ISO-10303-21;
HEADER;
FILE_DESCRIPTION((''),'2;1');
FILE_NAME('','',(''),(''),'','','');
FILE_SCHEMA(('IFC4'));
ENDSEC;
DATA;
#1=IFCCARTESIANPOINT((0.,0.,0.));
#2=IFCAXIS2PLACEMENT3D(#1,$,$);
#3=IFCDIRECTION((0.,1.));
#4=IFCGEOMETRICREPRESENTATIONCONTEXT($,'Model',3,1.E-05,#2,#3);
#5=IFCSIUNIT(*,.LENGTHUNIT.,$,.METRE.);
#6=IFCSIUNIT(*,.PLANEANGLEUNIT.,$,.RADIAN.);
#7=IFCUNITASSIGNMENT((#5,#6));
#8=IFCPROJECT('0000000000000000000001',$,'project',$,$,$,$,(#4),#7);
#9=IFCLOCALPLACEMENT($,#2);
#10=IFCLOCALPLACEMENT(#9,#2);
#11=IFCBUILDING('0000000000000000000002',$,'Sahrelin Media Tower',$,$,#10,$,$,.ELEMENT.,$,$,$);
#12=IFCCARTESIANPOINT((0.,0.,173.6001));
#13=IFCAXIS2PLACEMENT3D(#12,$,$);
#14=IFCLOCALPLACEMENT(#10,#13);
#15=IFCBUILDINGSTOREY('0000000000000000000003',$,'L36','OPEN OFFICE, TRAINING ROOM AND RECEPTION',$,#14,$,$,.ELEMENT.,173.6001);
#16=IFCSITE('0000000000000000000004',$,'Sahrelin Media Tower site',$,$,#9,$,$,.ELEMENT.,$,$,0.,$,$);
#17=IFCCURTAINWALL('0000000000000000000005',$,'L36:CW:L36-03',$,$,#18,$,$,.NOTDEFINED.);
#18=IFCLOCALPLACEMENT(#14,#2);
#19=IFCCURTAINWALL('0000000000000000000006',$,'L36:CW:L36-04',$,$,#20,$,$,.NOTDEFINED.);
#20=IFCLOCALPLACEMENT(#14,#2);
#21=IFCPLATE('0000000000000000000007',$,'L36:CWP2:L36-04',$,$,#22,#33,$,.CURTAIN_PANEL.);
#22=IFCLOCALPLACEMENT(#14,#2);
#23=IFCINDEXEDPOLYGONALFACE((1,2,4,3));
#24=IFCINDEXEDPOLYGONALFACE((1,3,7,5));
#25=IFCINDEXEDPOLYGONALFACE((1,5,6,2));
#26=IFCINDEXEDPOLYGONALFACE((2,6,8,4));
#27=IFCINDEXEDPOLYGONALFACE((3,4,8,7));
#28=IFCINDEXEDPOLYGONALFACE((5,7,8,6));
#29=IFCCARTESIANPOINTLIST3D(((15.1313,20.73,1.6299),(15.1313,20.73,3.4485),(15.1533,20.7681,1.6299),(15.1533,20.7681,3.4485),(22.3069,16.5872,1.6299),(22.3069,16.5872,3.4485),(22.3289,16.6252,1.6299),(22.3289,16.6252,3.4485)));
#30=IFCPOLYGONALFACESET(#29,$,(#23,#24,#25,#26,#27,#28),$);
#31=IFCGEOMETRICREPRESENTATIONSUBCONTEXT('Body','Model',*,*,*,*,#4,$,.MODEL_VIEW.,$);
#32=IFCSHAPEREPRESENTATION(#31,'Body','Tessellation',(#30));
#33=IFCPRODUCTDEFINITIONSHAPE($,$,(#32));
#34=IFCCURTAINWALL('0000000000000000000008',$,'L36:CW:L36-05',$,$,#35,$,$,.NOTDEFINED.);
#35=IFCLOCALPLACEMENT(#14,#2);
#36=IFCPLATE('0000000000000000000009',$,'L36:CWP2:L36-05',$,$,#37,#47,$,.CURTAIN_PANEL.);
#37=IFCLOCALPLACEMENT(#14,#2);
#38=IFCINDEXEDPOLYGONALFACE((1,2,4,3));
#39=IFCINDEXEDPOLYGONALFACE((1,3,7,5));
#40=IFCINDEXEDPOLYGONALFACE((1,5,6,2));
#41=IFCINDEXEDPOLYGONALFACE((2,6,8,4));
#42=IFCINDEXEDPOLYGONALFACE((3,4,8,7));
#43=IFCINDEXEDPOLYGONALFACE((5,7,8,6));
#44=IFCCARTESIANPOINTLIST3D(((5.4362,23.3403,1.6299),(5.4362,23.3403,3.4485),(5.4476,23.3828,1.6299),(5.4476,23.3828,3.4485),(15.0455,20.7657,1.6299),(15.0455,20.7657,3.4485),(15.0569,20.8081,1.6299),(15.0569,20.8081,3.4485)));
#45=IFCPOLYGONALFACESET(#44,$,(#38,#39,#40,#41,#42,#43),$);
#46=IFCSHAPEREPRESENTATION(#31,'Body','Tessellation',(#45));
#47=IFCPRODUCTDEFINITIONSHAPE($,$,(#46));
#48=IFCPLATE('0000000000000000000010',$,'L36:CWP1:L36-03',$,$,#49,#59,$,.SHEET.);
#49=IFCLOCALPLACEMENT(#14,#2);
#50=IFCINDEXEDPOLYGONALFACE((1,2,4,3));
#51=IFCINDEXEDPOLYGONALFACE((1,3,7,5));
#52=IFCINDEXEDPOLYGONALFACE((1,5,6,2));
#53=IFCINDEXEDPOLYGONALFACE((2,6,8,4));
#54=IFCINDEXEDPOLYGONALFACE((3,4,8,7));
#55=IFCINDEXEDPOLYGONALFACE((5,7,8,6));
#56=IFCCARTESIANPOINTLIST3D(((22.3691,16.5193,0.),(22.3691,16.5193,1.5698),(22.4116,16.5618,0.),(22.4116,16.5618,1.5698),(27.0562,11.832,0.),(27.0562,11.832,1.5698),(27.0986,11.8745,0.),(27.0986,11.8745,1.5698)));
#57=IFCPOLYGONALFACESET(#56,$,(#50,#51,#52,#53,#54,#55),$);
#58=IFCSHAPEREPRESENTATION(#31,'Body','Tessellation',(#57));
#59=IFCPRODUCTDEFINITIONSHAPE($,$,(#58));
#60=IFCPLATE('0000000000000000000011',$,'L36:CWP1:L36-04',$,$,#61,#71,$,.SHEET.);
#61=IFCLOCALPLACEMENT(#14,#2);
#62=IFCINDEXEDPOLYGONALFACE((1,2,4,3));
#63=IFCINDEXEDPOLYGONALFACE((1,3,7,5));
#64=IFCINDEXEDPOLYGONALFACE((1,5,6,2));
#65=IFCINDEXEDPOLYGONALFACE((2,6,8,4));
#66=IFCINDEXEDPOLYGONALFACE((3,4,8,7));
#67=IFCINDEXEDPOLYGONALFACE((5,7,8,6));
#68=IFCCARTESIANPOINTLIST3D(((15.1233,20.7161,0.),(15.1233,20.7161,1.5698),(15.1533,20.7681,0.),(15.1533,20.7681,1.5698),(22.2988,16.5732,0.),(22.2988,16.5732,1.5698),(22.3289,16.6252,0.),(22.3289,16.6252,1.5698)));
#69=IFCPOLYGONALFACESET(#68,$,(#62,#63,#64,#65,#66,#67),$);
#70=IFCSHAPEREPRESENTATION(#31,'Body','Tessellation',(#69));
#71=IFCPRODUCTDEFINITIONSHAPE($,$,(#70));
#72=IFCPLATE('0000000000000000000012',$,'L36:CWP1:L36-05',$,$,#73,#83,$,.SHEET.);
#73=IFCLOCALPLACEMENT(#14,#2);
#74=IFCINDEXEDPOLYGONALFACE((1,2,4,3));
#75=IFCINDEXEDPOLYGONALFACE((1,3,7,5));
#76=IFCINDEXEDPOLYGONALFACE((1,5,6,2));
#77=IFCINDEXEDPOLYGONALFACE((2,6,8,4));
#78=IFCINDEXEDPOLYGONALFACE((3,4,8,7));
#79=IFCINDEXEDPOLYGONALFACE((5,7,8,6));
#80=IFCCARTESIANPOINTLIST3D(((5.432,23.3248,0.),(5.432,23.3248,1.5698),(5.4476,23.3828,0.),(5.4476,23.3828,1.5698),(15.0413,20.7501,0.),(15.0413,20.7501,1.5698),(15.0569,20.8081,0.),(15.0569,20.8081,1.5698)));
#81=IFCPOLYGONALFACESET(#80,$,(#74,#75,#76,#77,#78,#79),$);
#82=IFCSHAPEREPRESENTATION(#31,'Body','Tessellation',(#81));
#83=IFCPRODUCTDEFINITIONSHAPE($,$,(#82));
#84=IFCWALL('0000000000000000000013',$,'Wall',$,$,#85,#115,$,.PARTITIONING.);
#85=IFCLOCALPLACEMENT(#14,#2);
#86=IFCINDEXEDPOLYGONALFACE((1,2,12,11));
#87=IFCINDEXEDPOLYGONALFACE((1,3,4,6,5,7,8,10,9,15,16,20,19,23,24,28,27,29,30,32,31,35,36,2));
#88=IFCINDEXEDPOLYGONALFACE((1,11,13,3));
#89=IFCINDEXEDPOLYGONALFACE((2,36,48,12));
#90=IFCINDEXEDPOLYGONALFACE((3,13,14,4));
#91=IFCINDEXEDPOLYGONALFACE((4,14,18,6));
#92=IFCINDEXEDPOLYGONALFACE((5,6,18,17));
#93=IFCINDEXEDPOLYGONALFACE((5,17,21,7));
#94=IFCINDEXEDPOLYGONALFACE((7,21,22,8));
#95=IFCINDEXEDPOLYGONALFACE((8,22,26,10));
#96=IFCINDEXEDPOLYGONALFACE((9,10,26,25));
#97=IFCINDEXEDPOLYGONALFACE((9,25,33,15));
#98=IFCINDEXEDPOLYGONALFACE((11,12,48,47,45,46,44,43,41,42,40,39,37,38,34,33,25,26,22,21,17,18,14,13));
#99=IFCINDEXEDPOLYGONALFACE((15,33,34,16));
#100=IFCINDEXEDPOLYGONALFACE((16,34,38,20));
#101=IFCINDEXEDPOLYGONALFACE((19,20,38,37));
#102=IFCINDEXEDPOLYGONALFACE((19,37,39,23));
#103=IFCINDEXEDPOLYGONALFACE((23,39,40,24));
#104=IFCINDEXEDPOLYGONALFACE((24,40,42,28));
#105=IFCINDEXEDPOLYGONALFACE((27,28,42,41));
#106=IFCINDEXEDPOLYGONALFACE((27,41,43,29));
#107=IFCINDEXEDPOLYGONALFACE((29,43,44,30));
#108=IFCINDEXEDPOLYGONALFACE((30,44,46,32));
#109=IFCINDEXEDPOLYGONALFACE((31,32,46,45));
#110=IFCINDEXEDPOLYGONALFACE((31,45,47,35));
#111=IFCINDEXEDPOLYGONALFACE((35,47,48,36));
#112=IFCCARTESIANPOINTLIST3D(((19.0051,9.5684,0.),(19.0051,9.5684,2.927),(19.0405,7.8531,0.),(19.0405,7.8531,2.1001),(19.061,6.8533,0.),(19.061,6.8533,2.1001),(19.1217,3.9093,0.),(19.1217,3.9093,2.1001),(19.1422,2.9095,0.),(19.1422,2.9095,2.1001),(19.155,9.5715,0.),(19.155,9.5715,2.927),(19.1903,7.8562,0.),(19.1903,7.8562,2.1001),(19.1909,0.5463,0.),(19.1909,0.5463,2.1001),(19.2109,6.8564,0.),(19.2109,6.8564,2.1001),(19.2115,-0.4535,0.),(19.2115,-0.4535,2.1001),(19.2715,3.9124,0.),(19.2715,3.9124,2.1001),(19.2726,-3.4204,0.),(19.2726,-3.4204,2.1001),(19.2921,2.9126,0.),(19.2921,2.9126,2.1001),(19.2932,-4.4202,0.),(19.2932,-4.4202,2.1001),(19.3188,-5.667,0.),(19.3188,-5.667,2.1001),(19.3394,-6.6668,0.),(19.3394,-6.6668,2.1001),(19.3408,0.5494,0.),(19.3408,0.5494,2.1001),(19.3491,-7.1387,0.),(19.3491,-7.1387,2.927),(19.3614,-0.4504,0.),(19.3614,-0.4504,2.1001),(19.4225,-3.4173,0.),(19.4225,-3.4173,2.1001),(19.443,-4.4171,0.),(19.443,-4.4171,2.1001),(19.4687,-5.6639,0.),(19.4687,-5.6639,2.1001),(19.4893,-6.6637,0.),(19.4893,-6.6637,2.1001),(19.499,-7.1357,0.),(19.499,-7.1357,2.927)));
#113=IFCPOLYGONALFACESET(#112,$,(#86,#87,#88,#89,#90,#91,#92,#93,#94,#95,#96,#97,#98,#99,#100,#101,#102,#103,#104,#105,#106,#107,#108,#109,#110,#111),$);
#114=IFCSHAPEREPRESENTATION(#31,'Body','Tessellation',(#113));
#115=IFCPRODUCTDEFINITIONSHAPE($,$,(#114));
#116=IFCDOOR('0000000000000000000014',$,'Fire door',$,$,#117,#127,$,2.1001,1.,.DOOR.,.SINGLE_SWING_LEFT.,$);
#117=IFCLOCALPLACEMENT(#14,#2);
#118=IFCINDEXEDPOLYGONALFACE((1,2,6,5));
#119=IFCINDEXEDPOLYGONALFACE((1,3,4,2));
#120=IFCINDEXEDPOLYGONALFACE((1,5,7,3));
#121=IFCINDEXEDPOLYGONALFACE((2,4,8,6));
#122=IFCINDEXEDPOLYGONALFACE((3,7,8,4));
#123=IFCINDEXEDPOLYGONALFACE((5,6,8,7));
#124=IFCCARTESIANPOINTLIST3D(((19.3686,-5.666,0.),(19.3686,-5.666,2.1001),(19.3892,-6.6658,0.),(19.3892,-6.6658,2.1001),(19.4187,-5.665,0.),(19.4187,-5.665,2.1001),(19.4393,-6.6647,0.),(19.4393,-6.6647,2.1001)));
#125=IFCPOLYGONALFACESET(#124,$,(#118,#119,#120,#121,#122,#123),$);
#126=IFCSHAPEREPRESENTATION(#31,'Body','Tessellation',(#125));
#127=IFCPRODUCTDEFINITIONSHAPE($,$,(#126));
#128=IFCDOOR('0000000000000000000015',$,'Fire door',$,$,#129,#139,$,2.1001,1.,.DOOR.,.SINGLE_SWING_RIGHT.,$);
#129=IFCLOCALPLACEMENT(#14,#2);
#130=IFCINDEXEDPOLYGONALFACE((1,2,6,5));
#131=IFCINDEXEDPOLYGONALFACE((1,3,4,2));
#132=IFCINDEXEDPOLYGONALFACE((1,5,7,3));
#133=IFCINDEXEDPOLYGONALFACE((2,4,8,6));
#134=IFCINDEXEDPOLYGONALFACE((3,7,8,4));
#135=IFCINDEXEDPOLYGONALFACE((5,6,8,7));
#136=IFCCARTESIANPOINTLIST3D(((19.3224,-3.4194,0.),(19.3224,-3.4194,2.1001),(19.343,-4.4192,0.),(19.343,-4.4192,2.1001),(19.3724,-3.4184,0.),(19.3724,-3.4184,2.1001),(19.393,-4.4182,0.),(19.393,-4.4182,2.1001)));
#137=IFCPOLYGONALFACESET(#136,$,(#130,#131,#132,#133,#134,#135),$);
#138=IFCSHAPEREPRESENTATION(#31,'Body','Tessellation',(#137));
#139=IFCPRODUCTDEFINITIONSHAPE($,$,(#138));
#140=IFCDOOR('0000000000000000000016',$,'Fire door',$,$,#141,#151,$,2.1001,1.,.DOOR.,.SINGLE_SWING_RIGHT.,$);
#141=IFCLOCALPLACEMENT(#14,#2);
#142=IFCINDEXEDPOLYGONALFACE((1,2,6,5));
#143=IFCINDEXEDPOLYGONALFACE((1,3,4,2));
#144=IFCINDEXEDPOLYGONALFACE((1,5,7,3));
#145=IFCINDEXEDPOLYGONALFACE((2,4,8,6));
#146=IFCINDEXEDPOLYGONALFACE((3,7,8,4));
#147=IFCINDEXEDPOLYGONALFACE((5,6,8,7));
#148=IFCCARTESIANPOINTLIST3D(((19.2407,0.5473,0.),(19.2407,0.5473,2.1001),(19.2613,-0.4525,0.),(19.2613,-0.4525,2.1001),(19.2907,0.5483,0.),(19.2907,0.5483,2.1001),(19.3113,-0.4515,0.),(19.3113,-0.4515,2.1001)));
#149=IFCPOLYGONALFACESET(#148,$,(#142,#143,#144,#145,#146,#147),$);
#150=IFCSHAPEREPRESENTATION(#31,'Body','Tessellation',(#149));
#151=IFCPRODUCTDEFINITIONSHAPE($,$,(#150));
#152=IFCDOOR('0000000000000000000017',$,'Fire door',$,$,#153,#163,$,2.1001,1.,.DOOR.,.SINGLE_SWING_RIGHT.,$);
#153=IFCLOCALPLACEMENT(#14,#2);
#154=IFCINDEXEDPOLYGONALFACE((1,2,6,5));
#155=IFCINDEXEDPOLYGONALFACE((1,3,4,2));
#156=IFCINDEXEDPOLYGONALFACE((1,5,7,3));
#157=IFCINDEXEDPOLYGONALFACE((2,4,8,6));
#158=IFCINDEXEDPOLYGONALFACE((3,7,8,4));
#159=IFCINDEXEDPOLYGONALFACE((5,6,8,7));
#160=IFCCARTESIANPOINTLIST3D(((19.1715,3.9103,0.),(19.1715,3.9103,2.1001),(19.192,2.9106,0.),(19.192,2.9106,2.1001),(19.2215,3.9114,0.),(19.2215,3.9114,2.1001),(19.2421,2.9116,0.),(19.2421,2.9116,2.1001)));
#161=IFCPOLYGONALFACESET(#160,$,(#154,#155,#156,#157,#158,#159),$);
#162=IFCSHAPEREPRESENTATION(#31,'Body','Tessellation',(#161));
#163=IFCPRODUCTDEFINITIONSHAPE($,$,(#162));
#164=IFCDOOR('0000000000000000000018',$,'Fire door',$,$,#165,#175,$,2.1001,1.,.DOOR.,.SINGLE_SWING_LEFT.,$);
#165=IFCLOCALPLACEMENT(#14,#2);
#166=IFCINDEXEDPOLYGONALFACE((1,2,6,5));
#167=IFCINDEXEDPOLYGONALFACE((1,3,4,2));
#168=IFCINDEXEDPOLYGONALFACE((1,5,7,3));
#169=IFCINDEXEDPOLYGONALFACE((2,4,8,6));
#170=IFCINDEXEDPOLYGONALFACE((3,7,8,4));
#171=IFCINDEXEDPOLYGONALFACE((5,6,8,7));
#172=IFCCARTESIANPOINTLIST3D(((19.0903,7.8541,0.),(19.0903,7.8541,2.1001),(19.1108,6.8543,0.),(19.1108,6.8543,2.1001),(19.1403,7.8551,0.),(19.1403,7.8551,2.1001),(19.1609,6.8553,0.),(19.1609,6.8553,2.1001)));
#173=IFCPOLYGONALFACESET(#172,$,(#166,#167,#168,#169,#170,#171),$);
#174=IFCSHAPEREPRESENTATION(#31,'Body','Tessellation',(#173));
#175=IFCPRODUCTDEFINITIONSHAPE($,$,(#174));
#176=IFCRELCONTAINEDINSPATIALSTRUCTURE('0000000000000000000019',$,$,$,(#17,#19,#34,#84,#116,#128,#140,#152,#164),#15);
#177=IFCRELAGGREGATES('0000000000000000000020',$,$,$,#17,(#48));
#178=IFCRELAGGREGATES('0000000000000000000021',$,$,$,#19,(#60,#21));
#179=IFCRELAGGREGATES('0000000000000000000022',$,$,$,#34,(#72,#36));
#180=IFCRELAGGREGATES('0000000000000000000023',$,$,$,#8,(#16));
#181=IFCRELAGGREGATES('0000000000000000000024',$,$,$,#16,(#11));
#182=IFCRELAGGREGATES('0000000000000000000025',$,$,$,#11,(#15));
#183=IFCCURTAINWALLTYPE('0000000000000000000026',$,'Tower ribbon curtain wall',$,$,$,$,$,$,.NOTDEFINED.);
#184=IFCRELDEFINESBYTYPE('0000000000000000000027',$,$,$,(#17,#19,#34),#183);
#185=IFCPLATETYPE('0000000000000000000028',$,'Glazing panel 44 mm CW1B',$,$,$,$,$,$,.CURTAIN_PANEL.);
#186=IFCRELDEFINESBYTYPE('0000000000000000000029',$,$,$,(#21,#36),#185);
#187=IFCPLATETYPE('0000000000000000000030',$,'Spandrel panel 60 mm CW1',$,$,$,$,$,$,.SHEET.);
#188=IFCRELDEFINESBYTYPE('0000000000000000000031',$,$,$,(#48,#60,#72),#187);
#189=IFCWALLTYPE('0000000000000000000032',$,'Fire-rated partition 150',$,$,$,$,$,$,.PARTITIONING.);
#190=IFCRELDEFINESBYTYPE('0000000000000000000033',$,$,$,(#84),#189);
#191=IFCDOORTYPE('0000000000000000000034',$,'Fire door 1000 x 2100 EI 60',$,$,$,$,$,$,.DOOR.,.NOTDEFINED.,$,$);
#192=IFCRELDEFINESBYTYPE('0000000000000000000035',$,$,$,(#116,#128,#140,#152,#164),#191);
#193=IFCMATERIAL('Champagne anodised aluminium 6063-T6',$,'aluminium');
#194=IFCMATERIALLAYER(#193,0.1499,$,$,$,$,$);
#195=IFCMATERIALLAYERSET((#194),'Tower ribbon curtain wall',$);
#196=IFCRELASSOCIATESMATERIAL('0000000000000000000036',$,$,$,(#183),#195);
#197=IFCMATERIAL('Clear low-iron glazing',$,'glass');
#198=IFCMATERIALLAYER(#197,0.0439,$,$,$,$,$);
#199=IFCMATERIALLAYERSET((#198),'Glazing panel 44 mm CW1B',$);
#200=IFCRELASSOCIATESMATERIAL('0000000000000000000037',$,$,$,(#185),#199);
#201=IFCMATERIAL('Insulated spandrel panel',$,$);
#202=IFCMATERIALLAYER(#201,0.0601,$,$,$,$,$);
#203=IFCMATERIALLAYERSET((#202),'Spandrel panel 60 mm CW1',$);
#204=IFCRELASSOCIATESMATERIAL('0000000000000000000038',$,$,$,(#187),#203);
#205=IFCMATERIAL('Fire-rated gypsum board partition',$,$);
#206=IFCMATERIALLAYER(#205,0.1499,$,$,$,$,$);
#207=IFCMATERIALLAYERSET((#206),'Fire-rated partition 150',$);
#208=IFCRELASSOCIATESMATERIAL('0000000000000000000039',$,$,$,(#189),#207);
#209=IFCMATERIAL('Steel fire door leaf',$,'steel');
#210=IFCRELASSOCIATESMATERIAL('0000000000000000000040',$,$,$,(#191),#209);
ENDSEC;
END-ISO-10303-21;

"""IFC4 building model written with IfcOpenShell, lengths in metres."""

from ifc_helpers import new_model, si_unit, direction, frame, frame_2d, origin, place, context, subcontext, project, spatial, polyline, rectangle, outline, extrude, material, layer, layer_set, type_object, element, fill, aggregate, save


model = new_model("IFC4")

# Units and contexts
model_context = context("Model", 3, precision=1e-05, world=origin(), true_north=direction((0.0, 1.0)))
body_context = subcontext(model_context, "Body", "Model", "MODEL_VIEW")
ifc_project = project(units=[si_unit("LENGTHUNIT", "METRE"), si_unit("PLANEANGLEUNIT", "RADIAN")], contexts=[model_context])

# Site, building, storey
site_placement = place(None, origin())
site = spatial("IfcSite", under=ifc_project, at=site_placement, Name="Sahrelin Media Tower site", CompositionType="ELEMENT", RefElevation=0.0)
building_placement = place(site_placement, origin())
building = spatial("IfcBuilding", under=site, at=building_placement, Name="Sahrelin Media Tower", CompositionType="ELEMENT")
storey_placement = place(building_placement, frame((0.0, 0.0, 173.6001)))
storey = spatial("IfcBuildingStorey", under=building, at=storey_placement, Name="L36", Description="OPEN OFFICE, TRAINING ROOM AND RECEPTION", CompositionType="ELEMENT", Elevation=173.6001)

# Curtain walls
ifc_material_1 = material(Name="Champagne anodised aluminium 6063-T6", Category="aluminium")
ifc_layer_1 = layer(ifc_material_1, 0.1499)
ifc_layer_set_1 = layer_set([ifc_layer_1], Name="Tower ribbon curtain wall")
curtain_wall_type = type_object("IfcCurtainWallType", Name="Tower ribbon curtain wall", PredefinedType="NOTDEFINED", material=ifc_layer_set_1)
curtain_wall_1_placement = place(storey_placement, frame((24.741, 14.2041, 0.0), z_axis=(0.0, 0.0, 1.0), x_axis=(1.0, 0.0, 0.0)))
curtain_wall_1 = element("IfcCurtainWall", 1, at=curtain_wall_1_placement, inside=storey, type_object=curtain_wall_type, Name="L36:CW:L36-03", PredefinedType="NOTDEFINED")
curtain_wall_2_placement = place(storey_placement, frame((18.731, 18.6792, 0.0), z_axis=(0.0, 0.0, 1.0), x_axis=(1.0, 0.0, 0.0)))
curtain_wall_2 = element("IfcCurtainWall", 2, at=curtain_wall_2_placement, inside=storey, type_object=curtain_wall_type, Name="L36:CW:L36-04", PredefinedType="NOTDEFINED")

# Plate
ifc_material_2 = material(Name="Clear low-iron glazing", Category="glass")
ifc_layer_2 = layer(ifc_material_2, 0.0439)
ifc_layer_set_2 = layer_set([ifc_layer_2], Name="Glazing panel 44 mm CW1B")
plate_type_1 = type_object("IfcPlateType", Name="Glazing panel 44 mm CW1B", PredefinedType="CURTAIN_PANEL", material=ifc_layer_set_2)
plate_1_placement = place(storey_placement, frame((22.3289, 16.6252, 1.6299), z_axis=(0.500002, 0.866024, 0.0), x_axis=(-0.866024, 0.500002, 0.0)))
plate_1 = element("IfcPlate", 3, at=plate_1_placement, type_object=plate_type_1, Name="L36:CWP2:L36-04", PredefinedType="CURTAIN_PANEL", context=body_context, shape_type="SweptSolid", body=[
    extrude(outline(polyline([(0.0, 0.0), (8.2856, 0.0), (8.2856, 1.8186), (0.0, 1.8186), (0.0, 0.0)])), origin(), (0.0, 0.0, -1.0), 0.0439),
])

# Curtain wall, plate
curtain_wall_3_placement = place(storey_placement, frame((10.2471, 22.0762, 0.0), z_axis=(0.0, 0.0, 1.0), x_axis=(1.0, 0.0, 0.0)))
curtain_wall_3 = element("IfcCurtainWall", 4, at=curtain_wall_3_placement, inside=storey, type_object=curtain_wall_type, Name="L36:CW:L36-05", PredefinedType="NOTDEFINED")
plate_2_placement = place(storey_placement, frame((15.0569, 20.8081, 1.6299), z_axis=(0.258808, 0.965929, 0.0), x_axis=(-0.965929, 0.258808, 0.0)))
plate_2 = element("IfcPlate", 5, at=plate_2_placement, type_object=plate_type_1, Name="L36:CWP2:L36-05", PredefinedType="CURTAIN_PANEL", context=body_context, shape_type="SweptSolid", body=[
    extrude(outline(polyline([(0.0, 0.0), (9.9482, 0.0), (9.9482, 1.8186), (0.0, 1.8186), (0.0, 0.0)])), origin(), (0.0, 0.0, -1.0), 0.0439),
])

# Plates
ifc_material_3 = material(Name="Insulated spandrel panel")
ifc_layer_3 = layer(ifc_material_3, 0.0601)
ifc_layer_set_3 = layer_set([ifc_layer_3], Name="Spandrel panel 60 mm CW1")
plate_type_2 = type_object("IfcPlateType", Name="Spandrel panel 60 mm CW1", PredefinedType="SHEET", material=ifc_layer_set_3)
plate_3_placement = place(storey_placement, frame((27.0986, 11.8745, 0.0), z_axis=(0.707125, 0.707088, 0.0), x_axis=(-0.707088, 0.707125, 0.0)))
plate_3 = element("IfcPlate", 6, at=plate_3_placement, type_object=plate_type_2, Name="L36:CWP1:L36-03", PredefinedType="SHEET", context=body_context, shape_type="SweptSolid", body=[
    extrude(outline(polyline([(0.0, 0.0), (6.6287, 0.0), (6.6287, 1.5698), (0.0, 1.5698), (0.0, 0.0)])), origin(), (0.0, 0.0, -1.0), 0.0601),
])
aggregate(curtain_wall_1, [plate_3])
plate_4_placement = place(storey_placement, frame((22.3289, 16.6252, 0.0), z_axis=(0.500002, 0.866024, 0.0), x_axis=(-0.866024, 0.500002, 0.0)))
plate_4 = element("IfcPlate", 7, at=plate_4_placement, type_object=plate_type_2, Name="L36:CWP1:L36-04", PredefinedType="SHEET", context=body_context, shape_type="SweptSolid", body=[
    extrude(outline(polyline([(0.0, 0.0), (8.2856, 0.0), (8.2856, 1.5698), (0.0, 1.5698), (0.0, 0.0)])), origin(), (0.0, 0.0, -1.0), 0.0601),
])
aggregate(curtain_wall_2, [plate_4, plate_1])
plate_5_placement = place(storey_placement, frame((15.0569, 20.8081, 0.0), z_axis=(0.258808, 0.965929, 0.0), x_axis=(-0.965929, 0.258808, 0.0)))
plate_5 = element("IfcPlate", 8, at=plate_5_placement, type_object=plate_type_2, Name="L36:CWP1:L36-05", PredefinedType="SHEET", context=body_context, shape_type="SweptSolid", body=[
    extrude(outline(polyline([(0.0, 0.0), (9.9482, 0.0), (9.9482, 1.5698), (0.0, 1.5698), (0.0, 0.0)])), origin(), (0.0, 0.0, -1.0), 0.0601),
])
aggregate(curtain_wall_3, [plate_5, plate_2])

# Wall, openings, doors
ifc_material_4 = material(Name="Fire-rated gypsum board partition")
ifc_layer_4 = layer(ifc_material_4, 0.1499)
ifc_layer_set_4 = layer_set([ifc_layer_4], Name="Fire-rated partition 150")
wall_type_1 = type_object("IfcWallType", Name="Fire-rated partition 150", PredefinedType="PARTITIONING", material=ifc_layer_set_4)
wall_1_placement = place(storey_placement, frame((19.0801, 9.5701, 0.0), z_axis=(0.0, 0.0, 1.0), x_axis=(0.020585, -0.999788, 0.0)))
wall_1 = element("IfcWall", 9, at=wall_1_placement, inside=storey, type_object=wall_type_1, Name="Wall", PredefinedType="PARTITIONING", context=body_context, shape_type="SweptSolid", body=[
    extrude(rectangle(XDim=16.7107, YDim=0.1499, at=frame_2d((8.3555, 0.0))), origin(), (0.0, 0.0, 1.0), 2.927),
])
opening_1_placement = place(wall_1_placement, frame((15.2388, 0.0, 0.0)))
opening_1 = element("IfcOpeningElement", 10, at=opening_1_placement, cuts=wall_1, PredefinedType="OPENING", context=body_context, shape_type="SweptSolid", body=[
    extrude(rectangle(XDim=1.0, YDim=2.1001, at=frame_2d((0.5, 1.05))), frame((0.0, 0.075, 0.0), z_axis=(0.0, -1.0, 0.0), x_axis=(1.0, 0.0, 0.0)), (0.0, 0.0, 1.0), 0.1499),
])
opening_2_placement = place(wall_1_placement, frame((12.9917, 0.0, 0.0)))
opening_2 = element("IfcOpeningElement", 11, at=opening_2_placement, cuts=wall_1, PredefinedType="OPENING", context=body_context, shape_type="SweptSolid", body=[
    extrude(rectangle(XDim=1.0, YDim=2.1001, at=frame_2d((0.5, 1.05))), frame((0.0, 0.075, 0.0), z_axis=(0.0, -1.0, 0.0), x_axis=(1.0, 0.0, 0.0)), (0.0, 0.0, 1.0), 0.1499),
])
opening_3_placement = place(wall_1_placement, frame((9.0242, 0.0, 0.0)))
opening_3 = element("IfcOpeningElement", 12, at=opening_3_placement, cuts=wall_1, PredefinedType="OPENING", context=body_context, shape_type="SweptSolid", body=[
    extrude(rectangle(XDim=1.0, YDim=2.1001, at=frame_2d((0.5, 1.05))), frame((0.0, 0.075, 0.0), z_axis=(0.0, -1.0, 0.0), x_axis=(1.0, 0.0, 0.0)), (0.0, 0.0, 1.0), 0.1499),
])
opening_4_placement = place(wall_1_placement, frame((5.6604, 0.0, 0.0)))
opening_4 = element("IfcOpeningElement", 13, at=opening_4_placement, cuts=wall_1, PredefinedType="OPENING", context=body_context, shape_type="SweptSolid", body=[
    extrude(rectangle(XDim=1.0, YDim=2.1001, at=frame_2d((0.5, 1.05))), frame((0.0, 0.075, 0.0), z_axis=(0.0, -1.0, 0.0), x_axis=(1.0, 0.0, 0.0)), (0.0, 0.0, 1.0), 0.1499),
])
opening_5_placement = place(wall_1_placement, frame((1.7158, 0.0, 0.0)))
opening_5 = element("IfcOpeningElement", 14, at=opening_5_placement, cuts=wall_1, PredefinedType="OPENING", context=body_context, shape_type="SweptSolid", body=[
    extrude(rectangle(XDim=1.0, YDim=2.1001, at=frame_2d((0.5, 1.05))), frame((0.0, 0.075, 0.0), z_axis=(0.0, -1.0, 0.0), x_axis=(1.0, 0.0, 0.0)), (0.0, 0.0, 1.0), 0.1499),
])
ifc_material_5 = material(Name="Steel fire door leaf", Category="steel")
door_type_1 = type_object("IfcDoorType", Name="Fire door 1000 x 2100 EI 60", OperationType="NOTDEFINED", PredefinedType="DOOR", material=ifc_material_5)
door_1_placement = place(opening_1_placement, origin())
door_1 = element("IfcDoor", 15, at=door_1_placement, inside=storey, type_object=door_type_1, Name="Fire door", OperationType="SINGLE_SWING_LEFT", OverallHeight=2.1001, OverallWidth=1.0, PredefinedType="DOOR", context=body_context, shape_type="SweptSolid", body=[
    extrude(rectangle(XDim=1.0, YDim=2.1001, at=frame_2d((0.5, 1.05))), frame((0.0, 0.0249, 0.0), z_axis=(0.0, -1.0, 0.0), x_axis=(1.0, 0.0, 0.0)), (0.0, 0.0, 1.0), 0.05),
])
fill(opening_1, door_1)
door_2_placement = place(opening_2_placement, origin())
door_2 = element("IfcDoor", 16, at=door_2_placement, inside=storey, type_object=door_type_1, Name="Fire door", OperationType="SINGLE_SWING_RIGHT", OverallHeight=2.1001, OverallWidth=1.0, PredefinedType="DOOR", context=body_context, shape_type="SweptSolid", body=[
    extrude(rectangle(XDim=1.0, YDim=2.1001, at=frame_2d((0.5, 1.05))), frame((0.0, 0.0249, 0.0), z_axis=(0.0, -1.0, 0.0), x_axis=(1.0, 0.0, 0.0)), (0.0, 0.0, 1.0), 0.05),
])
fill(opening_2, door_2)
door_3_placement = place(opening_3_placement, origin())
door_3 = element("IfcDoor", 17, at=door_3_placement, inside=storey, type_object=door_type_1, Name="Fire door", OperationType="SINGLE_SWING_RIGHT", OverallHeight=2.1001, OverallWidth=1.0, PredefinedType="DOOR", context=body_context, shape_type="SweptSolid", body=[
    extrude(rectangle(XDim=1.0, YDim=2.1001, at=frame_2d((0.5, 1.05))), frame((0.0, 0.0249, 0.0), z_axis=(0.0, -1.0, 0.0), x_axis=(1.0, 0.0, 0.0)), (0.0, 0.0, 1.0), 0.05),
])
fill(opening_3, door_3)
door_4_placement = place(opening_4_placement, origin())
door_4 = element("IfcDoor", 18, at=door_4_placement, inside=storey, type_object=door_type_1, Name="Fire door", OperationType="SINGLE_SWING_RIGHT", OverallHeight=2.1001, OverallWidth=1.0, PredefinedType="DOOR", context=body_context, shape_type="SweptSolid", body=[
    extrude(rectangle(XDim=1.0, YDim=2.1001, at=frame_2d((0.5, 1.05))), frame((0.0, 0.0249, 0.0), z_axis=(0.0, -1.0, 0.0), x_axis=(1.0, 0.0, 0.0)), (0.0, 0.0, 1.0), 0.05),
])
fill(opening_4, door_4)
door_5_placement = place(opening_5_placement, origin())
door_5 = element("IfcDoor", 19, at=door_5_placement, inside=storey, type_object=door_type_1, Name="Fire door", OperationType="SINGLE_SWING_LEFT", OverallHeight=2.1001, OverallWidth=1.0, PredefinedType="DOOR", context=body_context, shape_type="SweptSolid", body=[
    extrude(rectangle(XDim=1.0, YDim=2.1001, at=frame_2d((0.5, 1.05))), frame((0.0, 0.0249, 0.0), z_axis=(0.0, -1.0, 0.0), x_axis=(1.0, 0.0, 0.0)), (0.0, 0.0, 1.0), 0.05),
])
fill(opening_5, door_5)

save(model, "model.ifc")
